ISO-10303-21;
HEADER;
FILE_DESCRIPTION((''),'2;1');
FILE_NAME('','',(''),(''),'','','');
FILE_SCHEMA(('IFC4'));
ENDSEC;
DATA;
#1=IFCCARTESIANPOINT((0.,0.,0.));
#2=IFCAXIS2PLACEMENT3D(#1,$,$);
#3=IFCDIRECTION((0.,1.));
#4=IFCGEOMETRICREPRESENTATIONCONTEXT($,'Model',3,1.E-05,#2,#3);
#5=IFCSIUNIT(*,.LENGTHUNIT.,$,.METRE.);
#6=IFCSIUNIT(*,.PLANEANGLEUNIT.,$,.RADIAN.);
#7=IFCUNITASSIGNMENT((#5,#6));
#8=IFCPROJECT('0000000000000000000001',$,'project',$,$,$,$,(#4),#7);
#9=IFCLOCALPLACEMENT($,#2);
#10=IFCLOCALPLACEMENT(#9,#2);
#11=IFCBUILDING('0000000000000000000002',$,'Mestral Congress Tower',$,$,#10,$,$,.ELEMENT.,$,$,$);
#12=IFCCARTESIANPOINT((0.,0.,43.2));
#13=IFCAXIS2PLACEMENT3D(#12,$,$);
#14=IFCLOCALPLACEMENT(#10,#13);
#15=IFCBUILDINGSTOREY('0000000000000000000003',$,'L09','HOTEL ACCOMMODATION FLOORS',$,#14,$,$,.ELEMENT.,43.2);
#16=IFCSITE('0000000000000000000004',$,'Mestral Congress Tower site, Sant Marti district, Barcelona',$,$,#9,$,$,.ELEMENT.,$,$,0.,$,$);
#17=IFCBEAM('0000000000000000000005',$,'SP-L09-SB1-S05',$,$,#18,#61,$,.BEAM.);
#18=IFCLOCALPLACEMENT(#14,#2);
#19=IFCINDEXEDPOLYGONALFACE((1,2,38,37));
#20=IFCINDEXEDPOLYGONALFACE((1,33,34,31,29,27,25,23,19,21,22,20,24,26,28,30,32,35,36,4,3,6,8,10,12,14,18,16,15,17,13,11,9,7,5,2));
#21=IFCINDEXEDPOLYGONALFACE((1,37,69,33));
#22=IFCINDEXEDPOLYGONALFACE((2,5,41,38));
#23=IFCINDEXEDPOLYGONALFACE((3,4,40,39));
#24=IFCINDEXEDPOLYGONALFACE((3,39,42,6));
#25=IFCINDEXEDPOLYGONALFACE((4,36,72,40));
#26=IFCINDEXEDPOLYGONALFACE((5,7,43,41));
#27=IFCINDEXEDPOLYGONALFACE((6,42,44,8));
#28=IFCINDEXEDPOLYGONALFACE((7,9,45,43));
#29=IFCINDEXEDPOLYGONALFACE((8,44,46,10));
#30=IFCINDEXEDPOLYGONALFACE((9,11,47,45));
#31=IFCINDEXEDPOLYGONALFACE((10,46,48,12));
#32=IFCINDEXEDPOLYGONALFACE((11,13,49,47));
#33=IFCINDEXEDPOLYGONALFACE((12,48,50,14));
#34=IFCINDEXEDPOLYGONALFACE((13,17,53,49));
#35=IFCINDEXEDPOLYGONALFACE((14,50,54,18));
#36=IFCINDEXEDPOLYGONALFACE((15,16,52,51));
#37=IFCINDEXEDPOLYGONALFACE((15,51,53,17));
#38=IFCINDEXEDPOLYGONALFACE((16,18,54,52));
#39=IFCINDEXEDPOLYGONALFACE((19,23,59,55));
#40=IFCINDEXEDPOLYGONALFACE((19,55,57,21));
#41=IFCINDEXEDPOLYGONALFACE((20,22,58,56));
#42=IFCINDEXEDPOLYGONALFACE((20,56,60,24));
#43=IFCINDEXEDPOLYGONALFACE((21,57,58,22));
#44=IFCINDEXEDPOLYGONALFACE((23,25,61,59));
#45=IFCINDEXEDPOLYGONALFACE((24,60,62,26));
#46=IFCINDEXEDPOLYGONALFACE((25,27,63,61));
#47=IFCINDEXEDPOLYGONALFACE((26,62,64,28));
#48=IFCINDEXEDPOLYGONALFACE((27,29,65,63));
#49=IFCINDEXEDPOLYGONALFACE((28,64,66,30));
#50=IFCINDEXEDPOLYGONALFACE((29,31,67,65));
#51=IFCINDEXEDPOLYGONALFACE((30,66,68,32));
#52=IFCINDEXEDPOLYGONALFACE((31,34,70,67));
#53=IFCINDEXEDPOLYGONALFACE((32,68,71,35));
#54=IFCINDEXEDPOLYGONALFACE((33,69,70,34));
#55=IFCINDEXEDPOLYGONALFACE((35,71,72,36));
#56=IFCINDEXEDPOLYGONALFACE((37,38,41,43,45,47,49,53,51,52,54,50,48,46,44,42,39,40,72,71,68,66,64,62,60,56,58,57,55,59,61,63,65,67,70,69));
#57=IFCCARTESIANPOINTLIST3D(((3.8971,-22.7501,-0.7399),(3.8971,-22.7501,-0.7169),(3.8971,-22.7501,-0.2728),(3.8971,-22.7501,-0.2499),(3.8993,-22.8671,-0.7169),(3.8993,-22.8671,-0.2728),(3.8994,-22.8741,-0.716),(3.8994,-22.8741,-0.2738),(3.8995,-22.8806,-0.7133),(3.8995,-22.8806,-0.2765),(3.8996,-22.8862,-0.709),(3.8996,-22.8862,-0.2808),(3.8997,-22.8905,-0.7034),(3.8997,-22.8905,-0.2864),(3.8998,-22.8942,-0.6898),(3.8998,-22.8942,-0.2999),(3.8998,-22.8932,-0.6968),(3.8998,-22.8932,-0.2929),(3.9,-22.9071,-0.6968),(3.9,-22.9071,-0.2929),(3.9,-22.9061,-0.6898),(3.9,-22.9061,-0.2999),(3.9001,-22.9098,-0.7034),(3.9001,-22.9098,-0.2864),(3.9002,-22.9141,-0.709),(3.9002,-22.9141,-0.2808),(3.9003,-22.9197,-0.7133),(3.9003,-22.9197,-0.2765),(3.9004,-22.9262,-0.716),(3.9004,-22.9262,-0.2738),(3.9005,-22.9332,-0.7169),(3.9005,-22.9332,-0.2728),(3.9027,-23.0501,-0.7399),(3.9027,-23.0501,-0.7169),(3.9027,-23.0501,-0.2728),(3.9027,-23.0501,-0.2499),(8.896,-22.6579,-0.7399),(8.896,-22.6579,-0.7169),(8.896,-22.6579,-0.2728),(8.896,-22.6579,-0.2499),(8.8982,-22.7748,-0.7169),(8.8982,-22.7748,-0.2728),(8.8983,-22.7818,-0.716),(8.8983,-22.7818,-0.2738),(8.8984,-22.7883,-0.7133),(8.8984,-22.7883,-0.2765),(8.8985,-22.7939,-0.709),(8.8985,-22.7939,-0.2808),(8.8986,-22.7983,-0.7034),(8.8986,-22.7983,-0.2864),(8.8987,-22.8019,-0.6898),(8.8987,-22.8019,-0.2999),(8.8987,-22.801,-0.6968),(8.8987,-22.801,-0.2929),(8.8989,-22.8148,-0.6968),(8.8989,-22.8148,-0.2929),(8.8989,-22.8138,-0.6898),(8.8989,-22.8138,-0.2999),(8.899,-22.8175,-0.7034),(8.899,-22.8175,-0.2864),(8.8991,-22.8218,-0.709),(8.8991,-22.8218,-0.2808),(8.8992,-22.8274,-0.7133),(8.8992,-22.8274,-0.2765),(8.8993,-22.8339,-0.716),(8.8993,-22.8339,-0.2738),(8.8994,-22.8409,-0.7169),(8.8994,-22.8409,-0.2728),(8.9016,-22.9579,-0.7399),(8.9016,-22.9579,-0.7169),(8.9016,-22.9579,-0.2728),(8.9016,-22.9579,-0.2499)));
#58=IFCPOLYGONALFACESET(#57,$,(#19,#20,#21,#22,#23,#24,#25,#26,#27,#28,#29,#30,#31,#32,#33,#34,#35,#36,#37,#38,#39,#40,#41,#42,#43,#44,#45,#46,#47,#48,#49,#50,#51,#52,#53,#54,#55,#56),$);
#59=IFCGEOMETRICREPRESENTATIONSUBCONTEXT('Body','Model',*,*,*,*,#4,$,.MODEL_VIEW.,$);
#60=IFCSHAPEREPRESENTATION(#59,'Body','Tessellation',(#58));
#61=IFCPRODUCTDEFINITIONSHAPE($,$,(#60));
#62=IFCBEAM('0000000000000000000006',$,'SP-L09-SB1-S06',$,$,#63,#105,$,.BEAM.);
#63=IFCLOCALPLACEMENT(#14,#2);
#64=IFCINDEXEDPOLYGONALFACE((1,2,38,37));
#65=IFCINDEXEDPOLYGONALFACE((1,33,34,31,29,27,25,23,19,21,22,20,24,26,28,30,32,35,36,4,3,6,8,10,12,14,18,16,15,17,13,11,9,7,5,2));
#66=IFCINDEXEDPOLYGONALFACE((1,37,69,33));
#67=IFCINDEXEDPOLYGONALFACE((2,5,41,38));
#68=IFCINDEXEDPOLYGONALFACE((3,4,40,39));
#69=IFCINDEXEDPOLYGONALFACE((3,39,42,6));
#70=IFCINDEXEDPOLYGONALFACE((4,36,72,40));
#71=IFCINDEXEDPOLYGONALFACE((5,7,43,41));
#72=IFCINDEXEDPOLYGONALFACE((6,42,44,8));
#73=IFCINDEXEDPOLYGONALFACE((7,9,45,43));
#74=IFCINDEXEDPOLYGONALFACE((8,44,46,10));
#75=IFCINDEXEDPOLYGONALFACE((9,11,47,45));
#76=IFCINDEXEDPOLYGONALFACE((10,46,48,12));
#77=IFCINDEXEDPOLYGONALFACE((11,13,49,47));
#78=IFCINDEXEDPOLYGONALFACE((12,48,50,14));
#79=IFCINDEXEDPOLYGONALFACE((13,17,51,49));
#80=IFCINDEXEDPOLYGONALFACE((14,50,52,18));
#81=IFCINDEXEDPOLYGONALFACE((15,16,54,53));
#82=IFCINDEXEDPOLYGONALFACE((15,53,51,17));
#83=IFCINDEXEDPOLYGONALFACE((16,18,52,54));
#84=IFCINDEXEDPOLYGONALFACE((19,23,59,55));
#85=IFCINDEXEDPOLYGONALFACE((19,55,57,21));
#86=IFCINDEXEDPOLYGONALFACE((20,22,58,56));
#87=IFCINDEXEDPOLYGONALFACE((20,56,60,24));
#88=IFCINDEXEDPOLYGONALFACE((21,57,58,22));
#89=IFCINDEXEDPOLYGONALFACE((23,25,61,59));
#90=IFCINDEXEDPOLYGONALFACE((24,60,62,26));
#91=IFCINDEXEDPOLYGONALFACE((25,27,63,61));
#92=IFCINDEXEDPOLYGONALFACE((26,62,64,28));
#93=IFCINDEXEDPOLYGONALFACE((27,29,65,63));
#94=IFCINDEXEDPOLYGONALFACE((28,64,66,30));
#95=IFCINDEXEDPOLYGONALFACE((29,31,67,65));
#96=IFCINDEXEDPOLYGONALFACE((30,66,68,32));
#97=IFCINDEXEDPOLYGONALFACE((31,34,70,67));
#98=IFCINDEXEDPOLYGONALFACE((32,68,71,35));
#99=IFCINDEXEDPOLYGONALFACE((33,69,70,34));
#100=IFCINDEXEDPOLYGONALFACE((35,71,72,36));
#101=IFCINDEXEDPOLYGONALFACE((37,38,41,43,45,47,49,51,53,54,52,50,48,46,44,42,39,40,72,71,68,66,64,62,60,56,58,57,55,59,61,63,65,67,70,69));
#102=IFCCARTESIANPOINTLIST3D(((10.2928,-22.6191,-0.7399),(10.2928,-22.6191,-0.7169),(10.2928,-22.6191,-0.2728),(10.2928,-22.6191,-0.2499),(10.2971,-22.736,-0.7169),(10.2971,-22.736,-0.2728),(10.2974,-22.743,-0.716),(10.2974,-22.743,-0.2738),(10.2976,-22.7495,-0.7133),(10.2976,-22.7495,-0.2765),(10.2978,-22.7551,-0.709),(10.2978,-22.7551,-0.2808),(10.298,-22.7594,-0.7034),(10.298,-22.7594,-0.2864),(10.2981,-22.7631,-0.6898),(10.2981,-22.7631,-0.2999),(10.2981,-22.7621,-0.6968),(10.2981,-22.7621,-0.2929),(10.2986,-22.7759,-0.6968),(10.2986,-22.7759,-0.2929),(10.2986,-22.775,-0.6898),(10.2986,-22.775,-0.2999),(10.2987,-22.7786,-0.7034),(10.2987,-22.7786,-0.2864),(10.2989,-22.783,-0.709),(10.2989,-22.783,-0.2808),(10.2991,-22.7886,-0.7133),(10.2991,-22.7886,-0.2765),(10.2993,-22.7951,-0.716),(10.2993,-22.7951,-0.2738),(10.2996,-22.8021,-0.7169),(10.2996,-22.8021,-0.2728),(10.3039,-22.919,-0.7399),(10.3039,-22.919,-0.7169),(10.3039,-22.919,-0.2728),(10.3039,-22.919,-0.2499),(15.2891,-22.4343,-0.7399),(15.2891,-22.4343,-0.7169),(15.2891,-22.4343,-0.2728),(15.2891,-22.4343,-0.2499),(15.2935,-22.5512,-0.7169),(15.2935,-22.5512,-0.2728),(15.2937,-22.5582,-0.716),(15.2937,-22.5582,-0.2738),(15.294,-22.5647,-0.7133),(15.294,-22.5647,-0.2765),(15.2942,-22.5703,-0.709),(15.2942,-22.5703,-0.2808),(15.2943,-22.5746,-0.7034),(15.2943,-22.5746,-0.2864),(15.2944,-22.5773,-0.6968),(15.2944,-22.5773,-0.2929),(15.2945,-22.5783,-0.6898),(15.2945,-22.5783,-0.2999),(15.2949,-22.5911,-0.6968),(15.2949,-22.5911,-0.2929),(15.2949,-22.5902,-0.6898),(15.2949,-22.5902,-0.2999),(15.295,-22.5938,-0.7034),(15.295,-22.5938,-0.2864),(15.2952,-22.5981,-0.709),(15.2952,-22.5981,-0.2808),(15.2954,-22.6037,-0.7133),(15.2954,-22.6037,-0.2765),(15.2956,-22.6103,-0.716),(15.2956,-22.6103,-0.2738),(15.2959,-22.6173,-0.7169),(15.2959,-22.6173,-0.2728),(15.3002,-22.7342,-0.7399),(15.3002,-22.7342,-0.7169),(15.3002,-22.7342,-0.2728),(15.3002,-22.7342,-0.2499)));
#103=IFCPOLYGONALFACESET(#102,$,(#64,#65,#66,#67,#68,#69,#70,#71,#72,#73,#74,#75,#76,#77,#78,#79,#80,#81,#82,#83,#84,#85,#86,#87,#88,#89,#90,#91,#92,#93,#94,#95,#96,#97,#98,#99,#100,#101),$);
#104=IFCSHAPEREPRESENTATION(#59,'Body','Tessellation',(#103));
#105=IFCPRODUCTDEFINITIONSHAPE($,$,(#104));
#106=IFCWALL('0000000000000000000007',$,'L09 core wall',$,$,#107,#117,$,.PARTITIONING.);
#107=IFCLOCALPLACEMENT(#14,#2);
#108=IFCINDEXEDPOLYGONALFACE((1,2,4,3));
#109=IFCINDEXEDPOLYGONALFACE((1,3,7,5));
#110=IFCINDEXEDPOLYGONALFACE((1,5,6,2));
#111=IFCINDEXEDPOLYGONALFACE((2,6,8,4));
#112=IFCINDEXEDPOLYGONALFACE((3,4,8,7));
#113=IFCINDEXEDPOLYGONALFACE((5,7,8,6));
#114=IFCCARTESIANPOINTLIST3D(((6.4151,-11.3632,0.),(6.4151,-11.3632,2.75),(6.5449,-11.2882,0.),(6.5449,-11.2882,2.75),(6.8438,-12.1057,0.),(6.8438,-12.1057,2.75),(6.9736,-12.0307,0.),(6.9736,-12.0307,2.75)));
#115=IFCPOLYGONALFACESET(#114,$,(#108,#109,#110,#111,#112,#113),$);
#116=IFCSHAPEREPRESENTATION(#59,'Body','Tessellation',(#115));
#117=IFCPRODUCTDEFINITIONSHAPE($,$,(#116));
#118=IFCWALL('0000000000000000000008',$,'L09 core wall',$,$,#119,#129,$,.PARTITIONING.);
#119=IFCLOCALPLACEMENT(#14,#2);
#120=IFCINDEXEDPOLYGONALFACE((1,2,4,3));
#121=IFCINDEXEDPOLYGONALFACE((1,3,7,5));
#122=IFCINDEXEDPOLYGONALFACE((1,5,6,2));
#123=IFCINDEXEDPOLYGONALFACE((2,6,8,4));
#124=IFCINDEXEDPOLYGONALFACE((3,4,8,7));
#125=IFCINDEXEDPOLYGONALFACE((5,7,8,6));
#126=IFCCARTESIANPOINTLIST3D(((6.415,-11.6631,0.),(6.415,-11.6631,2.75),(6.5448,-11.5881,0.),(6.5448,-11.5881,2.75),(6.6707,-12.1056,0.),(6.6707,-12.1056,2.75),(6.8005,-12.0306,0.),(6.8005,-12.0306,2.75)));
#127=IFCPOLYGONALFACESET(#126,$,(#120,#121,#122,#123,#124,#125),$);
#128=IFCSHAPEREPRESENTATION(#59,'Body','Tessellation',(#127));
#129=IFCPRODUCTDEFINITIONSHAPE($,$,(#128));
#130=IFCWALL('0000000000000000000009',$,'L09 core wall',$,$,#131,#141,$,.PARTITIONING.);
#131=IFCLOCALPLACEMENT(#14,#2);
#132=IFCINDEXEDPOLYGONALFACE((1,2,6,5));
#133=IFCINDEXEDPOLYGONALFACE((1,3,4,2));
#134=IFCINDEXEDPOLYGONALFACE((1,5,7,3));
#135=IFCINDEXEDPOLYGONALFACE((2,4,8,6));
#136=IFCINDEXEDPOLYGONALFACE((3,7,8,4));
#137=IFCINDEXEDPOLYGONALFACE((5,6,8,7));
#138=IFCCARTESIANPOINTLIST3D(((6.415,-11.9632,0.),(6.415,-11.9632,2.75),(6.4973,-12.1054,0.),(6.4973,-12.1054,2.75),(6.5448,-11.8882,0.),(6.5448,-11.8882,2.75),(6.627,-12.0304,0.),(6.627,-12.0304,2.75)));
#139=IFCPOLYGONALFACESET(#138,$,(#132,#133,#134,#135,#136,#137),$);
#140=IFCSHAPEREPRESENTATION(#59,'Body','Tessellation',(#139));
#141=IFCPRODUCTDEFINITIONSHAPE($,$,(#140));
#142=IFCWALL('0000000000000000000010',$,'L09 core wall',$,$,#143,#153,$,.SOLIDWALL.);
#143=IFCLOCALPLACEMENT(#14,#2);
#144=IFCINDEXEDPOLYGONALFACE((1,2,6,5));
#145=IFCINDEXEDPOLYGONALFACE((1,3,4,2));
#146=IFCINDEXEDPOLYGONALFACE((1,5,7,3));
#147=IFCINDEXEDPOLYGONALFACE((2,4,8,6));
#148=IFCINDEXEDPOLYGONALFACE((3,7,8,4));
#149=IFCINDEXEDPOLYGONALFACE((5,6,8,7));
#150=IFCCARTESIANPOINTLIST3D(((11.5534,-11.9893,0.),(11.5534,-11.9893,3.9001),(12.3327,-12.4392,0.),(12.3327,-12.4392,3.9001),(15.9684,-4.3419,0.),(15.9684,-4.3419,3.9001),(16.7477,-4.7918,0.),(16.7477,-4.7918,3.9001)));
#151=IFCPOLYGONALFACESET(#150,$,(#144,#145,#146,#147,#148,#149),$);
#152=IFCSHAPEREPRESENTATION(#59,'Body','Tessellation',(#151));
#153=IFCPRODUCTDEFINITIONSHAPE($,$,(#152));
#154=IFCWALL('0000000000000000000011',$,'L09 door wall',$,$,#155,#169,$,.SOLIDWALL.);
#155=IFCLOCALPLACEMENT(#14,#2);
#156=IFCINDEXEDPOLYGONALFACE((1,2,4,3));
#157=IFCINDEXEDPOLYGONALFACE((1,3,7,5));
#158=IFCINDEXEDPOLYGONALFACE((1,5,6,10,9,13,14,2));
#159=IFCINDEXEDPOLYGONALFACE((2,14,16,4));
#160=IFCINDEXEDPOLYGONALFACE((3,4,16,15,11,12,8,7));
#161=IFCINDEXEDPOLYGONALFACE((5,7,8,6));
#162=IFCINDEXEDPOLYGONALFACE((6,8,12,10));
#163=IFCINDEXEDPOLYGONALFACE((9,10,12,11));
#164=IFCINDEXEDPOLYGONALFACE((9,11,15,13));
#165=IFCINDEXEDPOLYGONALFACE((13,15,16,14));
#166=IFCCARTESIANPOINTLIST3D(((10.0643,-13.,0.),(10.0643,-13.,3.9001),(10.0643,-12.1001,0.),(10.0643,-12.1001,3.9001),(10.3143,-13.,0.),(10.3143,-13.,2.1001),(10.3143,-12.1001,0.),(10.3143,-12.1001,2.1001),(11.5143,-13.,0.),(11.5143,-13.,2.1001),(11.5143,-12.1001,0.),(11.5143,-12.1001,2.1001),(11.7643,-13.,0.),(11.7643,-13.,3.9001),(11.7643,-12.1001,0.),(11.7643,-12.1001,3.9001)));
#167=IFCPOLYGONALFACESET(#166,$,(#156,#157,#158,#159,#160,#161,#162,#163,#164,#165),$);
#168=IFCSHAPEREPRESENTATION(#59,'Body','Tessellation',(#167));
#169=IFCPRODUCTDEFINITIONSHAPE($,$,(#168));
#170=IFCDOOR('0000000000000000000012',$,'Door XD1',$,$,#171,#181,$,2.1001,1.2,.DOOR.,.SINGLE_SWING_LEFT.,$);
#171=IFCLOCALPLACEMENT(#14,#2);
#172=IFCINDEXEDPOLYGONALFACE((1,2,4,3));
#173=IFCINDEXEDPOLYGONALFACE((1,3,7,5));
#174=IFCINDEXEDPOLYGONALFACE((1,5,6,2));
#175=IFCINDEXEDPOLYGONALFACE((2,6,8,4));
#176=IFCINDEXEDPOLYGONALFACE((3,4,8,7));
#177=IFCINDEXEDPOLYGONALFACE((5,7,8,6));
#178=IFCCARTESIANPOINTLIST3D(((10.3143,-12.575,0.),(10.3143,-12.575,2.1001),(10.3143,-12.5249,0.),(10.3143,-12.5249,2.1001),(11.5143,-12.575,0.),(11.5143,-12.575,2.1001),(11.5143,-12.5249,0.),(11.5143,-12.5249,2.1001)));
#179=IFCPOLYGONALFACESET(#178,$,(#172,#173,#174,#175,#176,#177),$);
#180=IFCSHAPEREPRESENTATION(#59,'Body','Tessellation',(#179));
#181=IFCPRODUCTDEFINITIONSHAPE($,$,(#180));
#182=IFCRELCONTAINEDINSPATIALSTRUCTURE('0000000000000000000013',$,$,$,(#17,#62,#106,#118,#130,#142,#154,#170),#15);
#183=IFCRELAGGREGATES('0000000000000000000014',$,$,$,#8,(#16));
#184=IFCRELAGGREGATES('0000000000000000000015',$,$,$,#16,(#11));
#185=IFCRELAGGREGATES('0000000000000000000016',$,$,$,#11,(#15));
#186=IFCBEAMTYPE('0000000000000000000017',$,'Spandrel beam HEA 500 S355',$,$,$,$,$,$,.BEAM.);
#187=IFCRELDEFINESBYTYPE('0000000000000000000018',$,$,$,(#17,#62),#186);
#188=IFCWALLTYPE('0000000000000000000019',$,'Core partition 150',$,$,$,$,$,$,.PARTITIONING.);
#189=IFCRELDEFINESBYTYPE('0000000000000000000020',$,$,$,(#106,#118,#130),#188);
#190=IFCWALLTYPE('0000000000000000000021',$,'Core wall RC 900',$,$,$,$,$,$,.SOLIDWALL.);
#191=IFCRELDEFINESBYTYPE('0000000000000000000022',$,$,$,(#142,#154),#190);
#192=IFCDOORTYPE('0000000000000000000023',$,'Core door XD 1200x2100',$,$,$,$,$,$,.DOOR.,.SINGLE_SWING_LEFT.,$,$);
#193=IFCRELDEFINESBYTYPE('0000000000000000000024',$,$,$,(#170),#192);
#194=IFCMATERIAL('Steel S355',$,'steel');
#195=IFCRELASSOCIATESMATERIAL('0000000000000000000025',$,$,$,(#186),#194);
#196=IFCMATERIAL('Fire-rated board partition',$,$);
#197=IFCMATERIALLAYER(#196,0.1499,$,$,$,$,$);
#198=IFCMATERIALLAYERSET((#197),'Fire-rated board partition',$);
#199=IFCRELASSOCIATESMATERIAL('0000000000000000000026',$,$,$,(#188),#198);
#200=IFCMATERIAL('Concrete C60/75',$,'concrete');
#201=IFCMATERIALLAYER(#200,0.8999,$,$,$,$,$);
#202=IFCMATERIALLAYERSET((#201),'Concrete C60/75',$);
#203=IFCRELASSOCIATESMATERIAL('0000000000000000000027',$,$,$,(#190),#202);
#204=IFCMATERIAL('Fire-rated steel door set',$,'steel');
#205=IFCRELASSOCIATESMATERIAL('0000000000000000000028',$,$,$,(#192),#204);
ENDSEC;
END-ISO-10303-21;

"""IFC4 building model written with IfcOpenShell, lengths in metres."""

from ifc_helpers import new_model, si_unit, direction, frame, frame_2d, origin, origin_2d, place, context, subcontext, project, spatial, rectangle, i_section, extrude, material, layer, layer_set, material_profile, profile_set, type_object, element, fill, save


model = new_model("IFC4")

# Units and contexts
model_context = context("Model", 3, precision=1e-05, world=origin(), true_north=direction((0.0, 1.0)))
body_context = subcontext(model_context, "Body", "Model", "MODEL_VIEW")
ifc_project = project(units=[si_unit("LENGTHUNIT", "METRE"), si_unit("PLANEANGLEUNIT", "RADIAN")], contexts=[model_context])

# Site, building, storey
site_placement = place(None, origin())
site = spatial("IfcSite", under=ifc_project, at=site_placement, Name="Mestral Congress Tower site, Sant Marti district, Barcelona", CompositionType="ELEMENT", RefElevation=0.0)
building_placement = place(site_placement, origin())
building = spatial("IfcBuilding", under=site, at=building_placement, Name="Mestral Congress Tower", CompositionType="ELEMENT")
storey_placement = place(building_placement, frame((0.0, 0.0, 43.2)))
storey = spatial("IfcBuildingStorey", under=building, at=storey_placement, Name="L09", Description="HOTEL ACCOMMODATION FLOORS", CompositionType="ELEMENT", Elevation=43.2)

# Beams
ifc_material_1 = material(Name="Steel S355", Category="steel")
ifc_material_profile_1 = material_profile(ifc_material_1, i_section(OverallWidth=0.3, OverallDepth=0.49, WebThickness=0.012, FlangeThickness=0.0229, FilletRadius=0.0271, at=origin_2d()), Name="HEA 500")
ifc_profile_set_1 = profile_set([ifc_material_profile_1], Name="Steel S355")
beam_type_1 = type_object("IfcBeamType", Name="Spandrel beam HEA 500 S355", PredefinedType="BEAM", material=ifc_profile_set_1)
for number, where, z_axis, x_axis, name in (
    (1, (3.8999, -22.9001, -0.4949), (0.99983, 0.018457, 0.0), (-0.018457, 0.99983, 0.0), "SP-L09-SB1-S05"),
    (2, (10.2983, -22.769, -0.4949), (0.999317, 0.036965, 0.0), (-0.036965, 0.999317, 0.0), "SP-L09-SB1-S06"),
):
    element("IfcBeam", number, at=place(storey_placement, frame(where, z_axis=z_axis, x_axis=x_axis)), inside=storey, type_object=beam_type_1, Name=name, PredefinedType="BEAM", context=body_context, shape_type="SweptSolid", body=[
        extrude(i_section(OverallWidth=0.3, OverallDepth=0.49, WebThickness=0.012, FlangeThickness=0.0229, FilletRadius=0.0271, at=origin_2d()), origin(), (0.0, 0.0, 1.0), 4.9998),
    ])

# Walls
ifc_material_2 = material(Name="Fire-rated board partition")
ifc_layer_1 = layer(ifc_material_2, 0.1499)
ifc_layer_set_1 = layer_set([ifc_layer_1], Name="Fire-rated board partition")
wall_type_1 = type_object("IfcWallType", Name="Core partition 150", PredefinedType="PARTITIONING", material=ifc_layer_set_1)
wall_1_placement = place(storey_placement, frame((6.48, -11.3257, 0.0), z_axis=(0.0, 0.0, 1.0), x_axis=(0.500059, -0.865991, 0.0)))
element("IfcWall", 3, at=wall_1_placement, inside=storey, type_object=wall_type_1, Name="L09 core wall", PredefinedType="PARTITIONING", context=body_context, shape_type="SweptSolid", body=[
    extrude(rectangle(XDim=0.8574, YDim=0.1499, at=frame_2d((0.4287, 0.0))), origin(), (0.0, 0.0, 1.0), 2.75),
])
wall_2_placement = place(storey_placement, frame((6.48, -11.6257, 0.0), z_axis=(0.0, 0.0, 1.0), x_axis=(0.500301, -0.865851, 0.0)))
element("IfcWall", 4, at=wall_2_placement, inside=storey, type_object=wall_type_1, Name="L09 core wall", PredefinedType="PARTITIONING", context=body_context, shape_type="SweptSolid", body=[
    extrude(rectangle(XDim=0.511, YDim=0.1499, at=frame_2d((0.2554, 0.0))), origin(), (0.0, 0.0, 1.0), 2.75),
])
wall_3_placement = place(storey_placement, frame((6.48, -11.9258, 0.0), z_axis=(0.0, 0.0, 1.0), x_axis=(0.500451, -0.865765, 0.0)))
element("IfcWall", 5, at=wall_3_placement, inside=storey, type_object=wall_type_1, Name="L09 core wall", PredefinedType="PARTITIONING", context=body_context, shape_type="SweptSolid", body=[
    extrude(rectangle(XDim=0.1643, YDim=0.1499, at=frame_2d((0.082, 0.0))), origin(), (0.0, 0.0, 1.0), 2.75),
])
ifc_material_3 = material(Name="Concrete C60/75", Category="concrete")
ifc_layer_2 = layer(ifc_material_3, 0.8999)
ifc_layer_set_2 = layer_set([ifc_layer_2], Name="Concrete C60/75")
wall_type_2 = type_object("IfcWallType", Name="Core wall RC 900", PredefinedType="SOLIDWALL", material=ifc_layer_set_2)
wall_4_placement = place(storey_placement, frame((11.9431, -12.2141, 0.0), z_axis=(0.0, 0.0, 1.0), x_axis=(0.499981, 0.866036, 0.0)))
element("IfcWall", 6, at=wall_4_placement, inside=storey, type_object=wall_type_2, Name="L09 core wall", PredefinedType="SOLIDWALL", context=body_context, shape_type="SweptSolid", body=[
    extrude(rectangle(XDim=8.8303, YDim=0.8999, at=frame_2d((4.415, 0.0))), origin(), (0.0, 0.0, 1.0), 3.9001),
])

# Wall, opening, door
wall_5_placement = place(storey_placement, frame((11.7644, -12.55, 0.0), z_axis=(0.0, 0.0, 1.0), x_axis=(-1.0, 0.0, 0.0)))
wall_5 = element("IfcWall", 7, at=wall_5_placement, inside=storey, type_object=wall_type_2, Name="L09 door wall", PredefinedType="SOLIDWALL", context=body_context, shape_type="SweptSolid", body=[
    extrude(rectangle(XDim=1.7, YDim=0.8999, at=frame_2d((0.8501, 0.0))), origin(), (0.0, 0.0, 1.0), 3.9001),
])
opening_1_placement = place(wall_5_placement, frame((0.25, 0.0, 0.0)))
opening_1 = element("IfcOpeningElement", 8, at=opening_1_placement, cuts=wall_5, PredefinedType="OPENING", context=body_context, shape_type="SweptSolid", body=[
    extrude(rectangle(XDim=1.2, YDim=2.1001, at=frame_2d((0.6001, 1.05))), frame((0.0, 0.46, 0.0), z_axis=(0.0, -1.0, 0.0), x_axis=(1.0, 0.0, 0.0)), (0.0, 0.0, 1.0), 0.9199),
])
ifc_material_4 = material(Name="Fire-rated steel door set", Category="steel")
door_type_1 = type_object("IfcDoorType", Name="Core door XD 1200x2100", OperationType="SINGLE_SWING_LEFT", PredefinedType="DOOR", material=ifc_material_4)
door_1_placement = place(opening_1_placement, origin())
door_1 = element("IfcDoor", 9, at=door_1_placement, inside=storey, type_object=door_type_1, Name="Door XD1", OperationType="SINGLE_SWING_LEFT", OverallHeight=2.1001, OverallWidth=1.2, PredefinedType="DOOR", context=body_context, shape_type="SweptSolid", body=[
    extrude(rectangle(XDim=1.2, YDim=2.1001, at=frame_2d((0.6001, 1.05))), frame((0.0, 0.0249, 0.0), z_axis=(0.0, -1.0, 0.0), x_axis=(1.0, 0.0, 0.0)), (0.0, 0.0, 1.0), 0.05),
])
fill(opening_1, door_1)

save(model, "model.ifc")
